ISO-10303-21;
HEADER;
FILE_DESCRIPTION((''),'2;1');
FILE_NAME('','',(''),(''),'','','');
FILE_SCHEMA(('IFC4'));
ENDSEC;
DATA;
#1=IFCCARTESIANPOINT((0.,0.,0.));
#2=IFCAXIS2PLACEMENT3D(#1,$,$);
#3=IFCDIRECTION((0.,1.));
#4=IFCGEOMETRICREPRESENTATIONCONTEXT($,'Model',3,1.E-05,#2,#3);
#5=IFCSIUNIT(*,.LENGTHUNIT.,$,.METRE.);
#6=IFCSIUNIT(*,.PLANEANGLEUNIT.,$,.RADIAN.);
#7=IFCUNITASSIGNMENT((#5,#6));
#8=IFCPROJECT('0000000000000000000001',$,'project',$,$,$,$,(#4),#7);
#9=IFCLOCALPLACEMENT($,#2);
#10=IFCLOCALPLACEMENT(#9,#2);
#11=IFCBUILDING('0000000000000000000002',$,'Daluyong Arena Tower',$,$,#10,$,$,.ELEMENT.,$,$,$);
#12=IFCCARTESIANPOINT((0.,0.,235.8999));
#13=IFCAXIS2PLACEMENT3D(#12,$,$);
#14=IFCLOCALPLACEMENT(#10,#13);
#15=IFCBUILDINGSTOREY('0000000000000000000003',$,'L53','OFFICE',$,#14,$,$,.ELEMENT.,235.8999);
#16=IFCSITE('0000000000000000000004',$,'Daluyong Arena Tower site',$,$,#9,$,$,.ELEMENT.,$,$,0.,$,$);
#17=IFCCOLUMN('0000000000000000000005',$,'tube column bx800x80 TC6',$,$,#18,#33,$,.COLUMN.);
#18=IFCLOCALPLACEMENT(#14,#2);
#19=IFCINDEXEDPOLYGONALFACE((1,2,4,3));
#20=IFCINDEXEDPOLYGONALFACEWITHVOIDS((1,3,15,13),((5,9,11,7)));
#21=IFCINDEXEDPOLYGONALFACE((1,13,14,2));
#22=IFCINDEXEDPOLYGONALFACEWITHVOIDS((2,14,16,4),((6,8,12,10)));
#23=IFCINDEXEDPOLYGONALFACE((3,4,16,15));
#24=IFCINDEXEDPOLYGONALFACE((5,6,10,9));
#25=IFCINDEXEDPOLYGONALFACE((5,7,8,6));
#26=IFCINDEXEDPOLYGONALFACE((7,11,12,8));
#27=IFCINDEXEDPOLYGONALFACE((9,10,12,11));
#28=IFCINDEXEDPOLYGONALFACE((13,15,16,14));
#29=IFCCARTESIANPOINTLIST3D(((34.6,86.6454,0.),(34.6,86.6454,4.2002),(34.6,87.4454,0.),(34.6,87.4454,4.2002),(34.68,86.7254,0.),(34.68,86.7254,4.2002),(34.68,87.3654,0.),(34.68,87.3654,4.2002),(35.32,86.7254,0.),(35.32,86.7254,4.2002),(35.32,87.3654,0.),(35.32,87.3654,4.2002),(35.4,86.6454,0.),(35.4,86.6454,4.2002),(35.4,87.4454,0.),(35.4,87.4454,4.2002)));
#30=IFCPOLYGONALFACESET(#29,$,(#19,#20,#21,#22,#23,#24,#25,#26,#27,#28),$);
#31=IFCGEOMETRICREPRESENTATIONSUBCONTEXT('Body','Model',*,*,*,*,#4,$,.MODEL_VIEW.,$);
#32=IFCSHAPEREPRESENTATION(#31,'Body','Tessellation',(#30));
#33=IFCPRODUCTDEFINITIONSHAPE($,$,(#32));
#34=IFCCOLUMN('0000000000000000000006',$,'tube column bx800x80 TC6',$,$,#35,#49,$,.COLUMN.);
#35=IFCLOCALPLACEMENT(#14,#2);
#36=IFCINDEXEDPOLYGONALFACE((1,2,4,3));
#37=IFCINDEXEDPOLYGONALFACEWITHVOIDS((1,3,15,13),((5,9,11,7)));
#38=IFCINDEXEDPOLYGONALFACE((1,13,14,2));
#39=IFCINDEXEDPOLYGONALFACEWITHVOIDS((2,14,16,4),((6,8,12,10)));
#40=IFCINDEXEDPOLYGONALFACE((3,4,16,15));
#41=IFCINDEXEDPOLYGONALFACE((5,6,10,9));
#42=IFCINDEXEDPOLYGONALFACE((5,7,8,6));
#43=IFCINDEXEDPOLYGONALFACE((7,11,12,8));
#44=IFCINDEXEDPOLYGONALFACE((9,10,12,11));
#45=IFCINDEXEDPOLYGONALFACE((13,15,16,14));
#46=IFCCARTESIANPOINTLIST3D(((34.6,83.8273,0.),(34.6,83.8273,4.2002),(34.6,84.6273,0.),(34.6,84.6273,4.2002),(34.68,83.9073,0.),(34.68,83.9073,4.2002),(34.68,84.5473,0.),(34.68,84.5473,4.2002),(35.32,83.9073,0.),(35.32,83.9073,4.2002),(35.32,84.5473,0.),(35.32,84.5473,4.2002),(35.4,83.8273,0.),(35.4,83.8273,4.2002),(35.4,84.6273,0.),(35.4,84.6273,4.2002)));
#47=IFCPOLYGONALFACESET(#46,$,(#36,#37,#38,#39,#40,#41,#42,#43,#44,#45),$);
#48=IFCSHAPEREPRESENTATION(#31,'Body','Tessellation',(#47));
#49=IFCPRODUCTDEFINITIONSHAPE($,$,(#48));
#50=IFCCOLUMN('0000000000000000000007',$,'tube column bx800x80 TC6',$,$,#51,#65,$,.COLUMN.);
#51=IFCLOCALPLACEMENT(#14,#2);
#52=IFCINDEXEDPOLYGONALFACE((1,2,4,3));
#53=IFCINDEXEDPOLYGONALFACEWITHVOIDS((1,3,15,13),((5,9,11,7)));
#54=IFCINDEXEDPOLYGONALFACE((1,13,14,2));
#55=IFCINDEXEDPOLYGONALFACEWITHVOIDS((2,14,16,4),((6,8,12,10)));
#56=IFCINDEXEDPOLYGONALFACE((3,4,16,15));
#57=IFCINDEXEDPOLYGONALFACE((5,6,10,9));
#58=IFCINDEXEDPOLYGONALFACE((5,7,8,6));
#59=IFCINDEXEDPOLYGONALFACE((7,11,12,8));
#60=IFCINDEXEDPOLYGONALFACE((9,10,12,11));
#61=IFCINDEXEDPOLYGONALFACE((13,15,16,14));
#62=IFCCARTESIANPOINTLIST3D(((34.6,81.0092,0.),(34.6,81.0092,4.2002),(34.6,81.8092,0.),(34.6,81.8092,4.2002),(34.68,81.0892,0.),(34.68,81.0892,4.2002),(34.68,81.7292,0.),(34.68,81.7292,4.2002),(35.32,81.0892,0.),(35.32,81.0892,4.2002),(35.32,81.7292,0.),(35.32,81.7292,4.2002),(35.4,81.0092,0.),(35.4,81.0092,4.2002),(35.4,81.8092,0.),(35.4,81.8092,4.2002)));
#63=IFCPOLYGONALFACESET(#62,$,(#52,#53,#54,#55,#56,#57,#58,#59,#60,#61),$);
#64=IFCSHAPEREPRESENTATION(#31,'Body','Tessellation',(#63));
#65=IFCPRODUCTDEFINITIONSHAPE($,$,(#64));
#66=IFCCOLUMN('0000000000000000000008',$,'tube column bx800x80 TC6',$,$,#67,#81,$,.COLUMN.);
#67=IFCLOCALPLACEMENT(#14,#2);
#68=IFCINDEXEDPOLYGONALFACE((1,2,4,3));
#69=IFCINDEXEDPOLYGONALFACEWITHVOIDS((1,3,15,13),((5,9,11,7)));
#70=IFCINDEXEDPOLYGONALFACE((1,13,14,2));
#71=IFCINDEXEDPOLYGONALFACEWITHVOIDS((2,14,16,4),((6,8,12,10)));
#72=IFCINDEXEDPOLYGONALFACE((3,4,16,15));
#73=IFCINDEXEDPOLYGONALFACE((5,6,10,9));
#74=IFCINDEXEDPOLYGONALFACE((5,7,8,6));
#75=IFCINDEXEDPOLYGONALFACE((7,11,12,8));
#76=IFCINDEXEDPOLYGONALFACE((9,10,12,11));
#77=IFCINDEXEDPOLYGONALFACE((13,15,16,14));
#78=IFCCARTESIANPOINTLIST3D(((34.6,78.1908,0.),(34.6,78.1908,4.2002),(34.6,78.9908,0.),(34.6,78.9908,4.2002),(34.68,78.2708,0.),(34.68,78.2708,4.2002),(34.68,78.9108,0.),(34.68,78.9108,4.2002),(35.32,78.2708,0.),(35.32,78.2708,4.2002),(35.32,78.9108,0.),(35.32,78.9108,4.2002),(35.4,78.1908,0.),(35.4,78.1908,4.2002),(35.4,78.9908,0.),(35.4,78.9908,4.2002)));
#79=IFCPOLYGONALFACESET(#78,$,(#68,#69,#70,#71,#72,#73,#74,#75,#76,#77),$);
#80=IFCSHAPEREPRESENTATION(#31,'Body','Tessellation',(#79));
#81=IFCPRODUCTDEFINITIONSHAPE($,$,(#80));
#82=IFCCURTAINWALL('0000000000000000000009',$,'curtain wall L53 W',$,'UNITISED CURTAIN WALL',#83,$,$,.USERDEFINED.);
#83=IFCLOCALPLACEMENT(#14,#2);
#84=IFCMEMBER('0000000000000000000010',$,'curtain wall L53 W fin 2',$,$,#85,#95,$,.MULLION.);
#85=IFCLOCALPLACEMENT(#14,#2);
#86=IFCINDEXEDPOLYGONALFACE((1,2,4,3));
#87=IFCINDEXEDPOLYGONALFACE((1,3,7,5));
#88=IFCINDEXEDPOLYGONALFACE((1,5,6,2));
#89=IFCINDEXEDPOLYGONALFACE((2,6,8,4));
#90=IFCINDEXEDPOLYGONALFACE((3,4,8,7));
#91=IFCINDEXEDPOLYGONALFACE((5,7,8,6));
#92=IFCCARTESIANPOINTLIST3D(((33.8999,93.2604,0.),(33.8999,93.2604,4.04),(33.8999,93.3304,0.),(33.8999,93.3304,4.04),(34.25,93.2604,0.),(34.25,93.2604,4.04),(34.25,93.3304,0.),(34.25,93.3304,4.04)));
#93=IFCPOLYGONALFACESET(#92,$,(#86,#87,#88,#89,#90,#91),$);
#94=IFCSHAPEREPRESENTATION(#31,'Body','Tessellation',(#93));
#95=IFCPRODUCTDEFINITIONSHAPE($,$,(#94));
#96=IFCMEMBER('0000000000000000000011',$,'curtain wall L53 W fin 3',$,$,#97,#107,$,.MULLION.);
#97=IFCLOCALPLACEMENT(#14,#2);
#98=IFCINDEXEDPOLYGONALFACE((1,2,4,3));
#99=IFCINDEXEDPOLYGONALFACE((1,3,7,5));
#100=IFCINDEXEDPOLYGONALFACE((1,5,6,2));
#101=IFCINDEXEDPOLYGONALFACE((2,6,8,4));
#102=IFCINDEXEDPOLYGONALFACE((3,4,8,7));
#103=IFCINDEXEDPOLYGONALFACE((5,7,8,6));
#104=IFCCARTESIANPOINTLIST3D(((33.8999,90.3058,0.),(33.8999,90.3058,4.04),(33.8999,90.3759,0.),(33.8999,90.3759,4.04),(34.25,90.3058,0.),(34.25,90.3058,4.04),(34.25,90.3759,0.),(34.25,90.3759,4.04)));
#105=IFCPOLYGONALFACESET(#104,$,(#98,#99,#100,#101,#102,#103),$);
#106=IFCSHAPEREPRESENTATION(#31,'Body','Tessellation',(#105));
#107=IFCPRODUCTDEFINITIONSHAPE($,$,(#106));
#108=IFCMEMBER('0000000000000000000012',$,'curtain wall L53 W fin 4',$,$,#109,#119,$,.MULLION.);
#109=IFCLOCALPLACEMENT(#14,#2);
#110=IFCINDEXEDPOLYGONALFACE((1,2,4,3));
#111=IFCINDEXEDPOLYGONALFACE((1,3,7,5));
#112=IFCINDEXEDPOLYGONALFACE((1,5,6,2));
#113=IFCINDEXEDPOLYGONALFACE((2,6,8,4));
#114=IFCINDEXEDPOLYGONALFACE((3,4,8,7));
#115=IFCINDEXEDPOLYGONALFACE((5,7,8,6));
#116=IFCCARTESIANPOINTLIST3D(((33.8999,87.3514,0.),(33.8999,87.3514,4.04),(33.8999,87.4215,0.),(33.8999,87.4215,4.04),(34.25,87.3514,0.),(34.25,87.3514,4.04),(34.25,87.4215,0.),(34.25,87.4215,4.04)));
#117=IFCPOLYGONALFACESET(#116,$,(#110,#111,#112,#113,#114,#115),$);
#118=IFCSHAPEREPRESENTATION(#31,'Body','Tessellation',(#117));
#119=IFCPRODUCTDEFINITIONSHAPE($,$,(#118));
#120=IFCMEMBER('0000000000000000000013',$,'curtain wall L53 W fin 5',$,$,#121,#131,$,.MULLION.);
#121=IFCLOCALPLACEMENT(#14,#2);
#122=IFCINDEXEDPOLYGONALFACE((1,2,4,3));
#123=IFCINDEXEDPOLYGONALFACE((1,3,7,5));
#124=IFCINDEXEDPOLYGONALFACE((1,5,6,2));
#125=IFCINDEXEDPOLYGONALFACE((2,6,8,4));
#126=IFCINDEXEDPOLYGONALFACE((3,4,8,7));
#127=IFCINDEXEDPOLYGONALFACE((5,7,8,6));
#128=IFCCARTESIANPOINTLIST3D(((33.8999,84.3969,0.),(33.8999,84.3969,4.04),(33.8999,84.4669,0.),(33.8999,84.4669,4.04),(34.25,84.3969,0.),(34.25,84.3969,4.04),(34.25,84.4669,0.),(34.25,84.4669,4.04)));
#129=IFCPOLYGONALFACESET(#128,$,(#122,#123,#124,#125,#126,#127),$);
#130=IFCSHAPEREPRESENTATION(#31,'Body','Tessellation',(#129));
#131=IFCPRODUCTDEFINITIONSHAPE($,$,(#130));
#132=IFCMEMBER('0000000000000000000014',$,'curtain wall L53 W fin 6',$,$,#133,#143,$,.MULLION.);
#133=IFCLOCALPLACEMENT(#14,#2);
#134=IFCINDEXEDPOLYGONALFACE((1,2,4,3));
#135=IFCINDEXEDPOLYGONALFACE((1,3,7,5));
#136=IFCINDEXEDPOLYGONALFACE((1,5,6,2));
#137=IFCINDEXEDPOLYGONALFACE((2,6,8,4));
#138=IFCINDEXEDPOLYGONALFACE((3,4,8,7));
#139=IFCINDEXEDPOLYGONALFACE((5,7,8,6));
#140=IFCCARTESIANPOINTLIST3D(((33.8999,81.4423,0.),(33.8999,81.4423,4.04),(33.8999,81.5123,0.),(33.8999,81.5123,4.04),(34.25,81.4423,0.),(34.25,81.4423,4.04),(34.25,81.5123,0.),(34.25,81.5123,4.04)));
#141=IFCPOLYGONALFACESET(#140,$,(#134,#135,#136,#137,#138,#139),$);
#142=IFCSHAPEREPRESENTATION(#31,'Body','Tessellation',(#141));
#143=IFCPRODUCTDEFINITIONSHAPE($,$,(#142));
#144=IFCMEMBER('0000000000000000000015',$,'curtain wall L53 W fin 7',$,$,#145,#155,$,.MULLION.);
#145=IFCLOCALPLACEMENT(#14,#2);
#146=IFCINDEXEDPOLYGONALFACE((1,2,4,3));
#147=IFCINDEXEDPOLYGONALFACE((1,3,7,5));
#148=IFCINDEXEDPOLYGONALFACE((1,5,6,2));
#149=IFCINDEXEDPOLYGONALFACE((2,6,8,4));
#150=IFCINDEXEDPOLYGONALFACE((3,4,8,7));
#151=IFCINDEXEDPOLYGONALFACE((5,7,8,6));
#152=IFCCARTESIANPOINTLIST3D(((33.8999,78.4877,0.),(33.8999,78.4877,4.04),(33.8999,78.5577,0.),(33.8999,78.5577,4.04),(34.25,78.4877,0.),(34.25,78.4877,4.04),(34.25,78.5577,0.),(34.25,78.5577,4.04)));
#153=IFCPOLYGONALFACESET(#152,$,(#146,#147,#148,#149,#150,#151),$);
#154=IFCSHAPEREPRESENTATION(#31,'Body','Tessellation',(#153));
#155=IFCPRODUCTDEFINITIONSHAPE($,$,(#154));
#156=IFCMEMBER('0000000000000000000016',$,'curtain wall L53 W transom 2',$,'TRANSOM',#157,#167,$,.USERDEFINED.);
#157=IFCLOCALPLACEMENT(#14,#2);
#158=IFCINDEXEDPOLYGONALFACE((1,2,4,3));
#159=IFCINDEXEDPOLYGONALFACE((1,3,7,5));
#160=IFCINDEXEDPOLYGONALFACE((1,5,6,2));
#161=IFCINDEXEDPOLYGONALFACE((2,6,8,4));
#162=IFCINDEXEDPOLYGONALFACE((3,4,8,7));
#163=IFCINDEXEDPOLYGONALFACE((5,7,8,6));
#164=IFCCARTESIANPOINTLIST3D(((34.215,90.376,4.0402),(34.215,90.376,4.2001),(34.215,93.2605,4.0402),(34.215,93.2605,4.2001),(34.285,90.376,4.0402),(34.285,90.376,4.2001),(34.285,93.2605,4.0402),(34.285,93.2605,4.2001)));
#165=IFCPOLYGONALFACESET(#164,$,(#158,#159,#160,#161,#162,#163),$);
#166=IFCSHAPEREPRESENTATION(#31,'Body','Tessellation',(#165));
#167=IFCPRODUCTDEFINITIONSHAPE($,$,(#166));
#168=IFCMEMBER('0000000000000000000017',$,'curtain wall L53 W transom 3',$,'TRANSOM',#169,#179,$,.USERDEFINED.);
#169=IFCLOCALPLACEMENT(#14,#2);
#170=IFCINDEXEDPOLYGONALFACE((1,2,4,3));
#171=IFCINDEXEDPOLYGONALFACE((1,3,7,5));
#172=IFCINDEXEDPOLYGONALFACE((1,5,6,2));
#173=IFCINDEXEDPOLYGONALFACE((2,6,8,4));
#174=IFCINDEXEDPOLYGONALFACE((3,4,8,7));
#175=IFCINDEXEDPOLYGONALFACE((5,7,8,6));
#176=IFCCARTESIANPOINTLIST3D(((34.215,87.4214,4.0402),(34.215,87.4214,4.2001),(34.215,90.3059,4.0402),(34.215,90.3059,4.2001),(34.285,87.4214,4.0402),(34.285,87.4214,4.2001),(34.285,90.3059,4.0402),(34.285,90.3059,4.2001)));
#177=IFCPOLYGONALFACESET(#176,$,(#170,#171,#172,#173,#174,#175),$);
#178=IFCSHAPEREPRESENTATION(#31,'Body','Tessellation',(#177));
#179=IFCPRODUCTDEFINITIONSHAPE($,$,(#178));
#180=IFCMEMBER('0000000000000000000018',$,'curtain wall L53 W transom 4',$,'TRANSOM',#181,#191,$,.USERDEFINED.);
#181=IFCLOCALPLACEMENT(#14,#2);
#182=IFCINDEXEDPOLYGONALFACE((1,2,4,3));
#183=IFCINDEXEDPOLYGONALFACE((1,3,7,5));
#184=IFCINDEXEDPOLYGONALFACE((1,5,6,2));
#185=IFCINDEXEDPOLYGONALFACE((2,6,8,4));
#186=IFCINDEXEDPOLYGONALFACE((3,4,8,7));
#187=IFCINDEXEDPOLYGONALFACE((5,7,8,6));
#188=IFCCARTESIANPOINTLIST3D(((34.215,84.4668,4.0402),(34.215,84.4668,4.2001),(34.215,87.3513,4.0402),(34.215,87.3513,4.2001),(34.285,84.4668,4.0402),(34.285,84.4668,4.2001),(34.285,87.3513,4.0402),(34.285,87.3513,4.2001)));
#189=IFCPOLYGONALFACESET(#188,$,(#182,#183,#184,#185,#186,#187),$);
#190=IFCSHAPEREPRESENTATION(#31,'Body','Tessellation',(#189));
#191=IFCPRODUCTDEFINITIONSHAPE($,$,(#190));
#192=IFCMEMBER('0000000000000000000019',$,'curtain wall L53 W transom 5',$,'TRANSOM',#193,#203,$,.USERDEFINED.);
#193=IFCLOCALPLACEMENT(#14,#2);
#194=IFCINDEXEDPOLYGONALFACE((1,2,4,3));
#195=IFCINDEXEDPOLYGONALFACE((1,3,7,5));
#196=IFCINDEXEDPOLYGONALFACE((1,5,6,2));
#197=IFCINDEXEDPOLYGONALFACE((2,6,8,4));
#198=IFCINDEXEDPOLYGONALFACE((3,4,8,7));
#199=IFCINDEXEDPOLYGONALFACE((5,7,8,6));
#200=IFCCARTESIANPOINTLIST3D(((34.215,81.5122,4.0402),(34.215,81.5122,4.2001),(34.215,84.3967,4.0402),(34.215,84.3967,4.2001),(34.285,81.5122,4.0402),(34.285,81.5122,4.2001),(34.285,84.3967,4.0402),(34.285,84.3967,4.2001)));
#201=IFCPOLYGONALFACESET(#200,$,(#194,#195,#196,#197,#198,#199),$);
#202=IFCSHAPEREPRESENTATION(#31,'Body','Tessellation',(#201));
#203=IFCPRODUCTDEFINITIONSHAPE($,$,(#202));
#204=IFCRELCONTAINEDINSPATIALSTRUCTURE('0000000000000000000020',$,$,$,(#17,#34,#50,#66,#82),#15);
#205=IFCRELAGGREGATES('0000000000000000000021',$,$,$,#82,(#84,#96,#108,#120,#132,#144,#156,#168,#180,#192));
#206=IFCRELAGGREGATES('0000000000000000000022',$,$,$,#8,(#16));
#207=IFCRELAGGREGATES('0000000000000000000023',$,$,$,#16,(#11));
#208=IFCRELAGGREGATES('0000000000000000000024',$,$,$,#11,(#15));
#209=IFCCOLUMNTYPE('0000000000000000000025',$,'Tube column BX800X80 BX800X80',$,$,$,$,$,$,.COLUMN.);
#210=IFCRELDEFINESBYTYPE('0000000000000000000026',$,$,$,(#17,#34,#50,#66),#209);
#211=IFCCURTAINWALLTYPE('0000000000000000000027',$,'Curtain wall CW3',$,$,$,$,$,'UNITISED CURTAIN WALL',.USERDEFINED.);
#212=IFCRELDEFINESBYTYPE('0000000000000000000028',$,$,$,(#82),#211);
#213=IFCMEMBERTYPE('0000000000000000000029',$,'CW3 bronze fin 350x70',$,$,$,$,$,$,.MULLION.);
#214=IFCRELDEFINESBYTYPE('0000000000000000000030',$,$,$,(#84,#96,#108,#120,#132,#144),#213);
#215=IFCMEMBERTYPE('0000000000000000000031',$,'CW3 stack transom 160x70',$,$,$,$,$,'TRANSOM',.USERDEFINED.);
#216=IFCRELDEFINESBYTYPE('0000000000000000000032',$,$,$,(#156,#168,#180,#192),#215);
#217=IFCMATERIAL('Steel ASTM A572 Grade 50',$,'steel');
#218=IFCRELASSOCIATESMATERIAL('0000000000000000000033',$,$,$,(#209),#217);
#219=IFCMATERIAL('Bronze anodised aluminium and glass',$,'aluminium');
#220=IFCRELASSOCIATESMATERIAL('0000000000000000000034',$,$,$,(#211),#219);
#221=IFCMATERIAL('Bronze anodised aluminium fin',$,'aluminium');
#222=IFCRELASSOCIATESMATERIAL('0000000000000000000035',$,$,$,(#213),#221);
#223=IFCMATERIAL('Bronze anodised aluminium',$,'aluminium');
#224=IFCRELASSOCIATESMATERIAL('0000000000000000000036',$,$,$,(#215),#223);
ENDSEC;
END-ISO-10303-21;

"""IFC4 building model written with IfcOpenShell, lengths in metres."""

from ifc_helpers import new_model, si_unit, direction, frame, origin, origin_2d, place, context, subcontext, project, spatial, rectangle, hollow_rectangle, extrude, material, material_profile, profile_set, type_object, element, aggregate, save


model = new_model("IFC4")

# Units and contexts
model_context = context("Model", 3, precision=1e-05, world=origin(), true_north=direction((0.0, 1.0)))
body_context = subcontext(model_context, "Body", "Model", "MODEL_VIEW")
ifc_project = project(units=[si_unit("LENGTHUNIT", "METRE"), si_unit("PLANEANGLEUNIT", "RADIAN")], contexts=[model_context])

# Site, building, storey
site_placement = place(None, origin())
site = spatial("IfcSite", under=ifc_project, at=site_placement, Name="Daluyong Arena Tower site", CompositionType="ELEMENT", RefElevation=0.0)
building_placement = place(site_placement, origin())
building = spatial("IfcBuilding", under=site, at=building_placement, Name="Daluyong Arena Tower", CompositionType="ELEMENT")
storey_placement = place(building_placement, frame((0.0, 0.0, 235.8999)))
storey = spatial("IfcBuildingStorey", under=building, at=storey_placement, Name="L53", Description="OFFICE", CompositionType="ELEMENT", Elevation=235.8999)

# Columns
ifc_material_1 = material(Name="Steel ASTM A572 Grade 50", Category="steel")
ifc_material_profile_1 = material_profile(ifc_material_1, hollow_rectangle(XDim=0.8, YDim=0.8, WallThickness=0.08, at=origin_2d()))
ifc_profile_set_1 = profile_set([ifc_material_profile_1], Name="Steel ASTM A572 Grade 50")
column_type = type_object("IfcColumnType", Name="Tube column BX800X80 BX800X80", PredefinedType="COLUMN", material=ifc_profile_set_1)
for number, where, z_axis, x_axis, name in (
    (1, (35.0, 87.0454, 0.0), (0.0, 0.0, 1.0), (0.0, 1.0, 0.0), "tube column bx800x80 TC6"),
    (2, (35.0, 84.2273, 0.0), (0.0, 0.0, 1.0), (0.0, 1.0, 0.0), "tube column bx800x80 TC6"),
    (3, (35.0, 81.4092, 0.0), (0.0, 0.0, 1.0), (0.0, 1.0, 0.0), "tube column bx800x80 TC6"),
    (4, (35.0, 78.5908, 0.0), (0.0, 0.0, 1.0), (0.0, 1.0, 0.0), "tube column bx800x80 TC6"),
):
    element("IfcColumn", number, at=place(storey_placement, frame(where, z_axis=z_axis, x_axis=x_axis)), inside=storey, type_object=column_type, Name=name, PredefinedType="COLUMN", context=body_context, shape_type="SweptSolid", body=[
        extrude(hollow_rectangle(XDim=0.8, YDim=0.8, WallThickness=0.08, at=origin_2d()), origin(), (0.0, 0.0, 1.0), 4.2002),
    ])

# Curtain wall, members
ifc_material_2 = material(Name="Bronze anodised aluminium and glass", Category="aluminium")
curtain_wall_type = type_object("IfcCurtainWallType", Name="Curtain wall CW3", ElementType="UNITISED CURTAIN WALL", PredefinedType="USERDEFINED", material=ifc_material_2)
curtain_wall_placement = place(storey_placement, origin())
curtain_wall = element("IfcCurtainWall", 5, at=curtain_wall_placement, inside=storey, type_object=curtain_wall_type, Name="curtain wall L53 W", ObjectType="UNITISED CURTAIN WALL", PredefinedType="USERDEFINED")
ifc_material_3 = material(Name="Bronze anodised aluminium fin", Category="aluminium")
ifc_material_profile_2 = material_profile(ifc_material_3, rectangle(XDim=0.3501, YDim=0.0701, at=origin_2d()))
ifc_profile_set_2 = profile_set([ifc_material_profile_2], Name="Bronze anodised aluminium fin")
member_type_1 = type_object("IfcMemberType", Name="CW3 bronze fin 350x70", PredefinedType="MULLION", material=ifc_profile_set_2)
member_1_placement = place(storey_placement, frame((34.075, 93.2954, 0.0), z_axis=(0.0, 0.0, 1.0), x_axis=(1.0, 0.0, 0.0)))
member_1 = element("IfcMember", 6, at=member_1_placement, type_object=member_type_1, Name="curtain wall L53 W fin 2", PredefinedType="MULLION", context=body_context, shape_type="SweptSolid", body=[
    extrude(rectangle(XDim=0.3501, YDim=0.0701, at=origin_2d()), origin(), (0.0, 0.0, 1.0), 4.04),
])
member_2_placement = place(storey_placement, frame((34.075, 90.3408, 0.0), z_axis=(0.0, 0.0, 1.0), x_axis=(1.0, 0.0, 0.0)))
member_2 = element("IfcMember", 7, at=member_2_placement, type_object=member_type_1, Name="curtain wall L53 W fin 3", PredefinedType="MULLION", context=body_context, shape_type="SweptSolid", body=[
    extrude(rectangle(XDim=0.3501, YDim=0.0701, at=origin_2d()), origin(), (0.0, 0.0, 1.0), 4.04),
])
member_3_placement = place(storey_placement, frame((34.075, 87.3865, 0.0), z_axis=(0.0, 0.0, 1.0), x_axis=(1.0, 0.0, 0.0)))
member_3 = element("IfcMember", 8, at=member_3_placement, type_object=member_type_1, Name="curtain wall L53 W fin 4", PredefinedType="MULLION", context=body_context, shape_type="SweptSolid", body=[
    extrude(rectangle(XDim=0.3501, YDim=0.0701, at=origin_2d()), origin(), (0.0, 0.0, 1.0), 4.04),
])
member_4_placement = place(storey_placement, frame((34.075, 84.4319, 0.0), z_axis=(0.0, 0.0, 1.0), x_axis=(1.0, 0.0, 0.0)))
member_4 = element("IfcMember", 9, at=member_4_placement, type_object=member_type_1, Name="curtain wall L53 W fin 5", PredefinedType="MULLION", context=body_context, shape_type="SweptSolid", body=[
    extrude(rectangle(XDim=0.3501, YDim=0.0701, at=origin_2d()), origin(), (0.0, 0.0, 1.0), 4.04),
])
member_5_placement = place(storey_placement, frame((34.075, 81.4773, 0.0), z_axis=(0.0, 0.0, 1.0), x_axis=(1.0, 0.0, 0.0)))
member_5 = element("IfcMember", 10, at=member_5_placement, type_object=member_type_1, Name="curtain wall L53 W fin 6", PredefinedType="MULLION", context=body_context, shape_type="SweptSolid", body=[
    extrude(rectangle(XDim=0.3501, YDim=0.0701, at=origin_2d()), origin(), (0.0, 0.0, 1.0), 4.04),
])
member_6_placement = place(storey_placement, frame((34.075, 78.5227, 0.0), z_axis=(0.0, 0.0, 1.0), x_axis=(1.0, 0.0, 0.0)))
member_6 = element("IfcMember", 11, at=member_6_placement, type_object=member_type_1, Name="curtain wall L53 W fin 7", PredefinedType="MULLION", context=body_context, shape_type="SweptSolid", body=[
    extrude(rectangle(XDim=0.3501, YDim=0.0701, at=origin_2d()), origin(), (0.0, 0.0, 1.0), 4.04),
])
ifc_material_4 = material(Name="Bronze anodised aluminium", Category="aluminium")
ifc_material_profile_3 = material_profile(ifc_material_4, rectangle(XDim=0.0701, YDim=0.1599, at=origin_2d()))
ifc_profile_set_3 = profile_set([ifc_material_profile_3], Name="Bronze anodised aluminium")
member_type_2 = type_object("IfcMemberType", Name="CW3 stack transom 160x70", ElementType="TRANSOM", PredefinedType="USERDEFINED", material=ifc_profile_set_3)
member_7_placement = place(storey_placement, frame((34.25, 93.2605, 4.1201), z_axis=(0.0, -1.0, 0.0), x_axis=(1.0, 0.0, 0.0)))
member_7 = element("IfcMember", 12, at=member_7_placement, type_object=member_type_2, Name="curtain wall L53 W transom 2", ObjectType="TRANSOM", PredefinedType="USERDEFINED", context=body_context, shape_type="SweptSolid", body=[
    extrude(rectangle(XDim=0.0701, YDim=0.1599, at=origin_2d()), origin(), (0.0, 0.0, 1.0), 2.8845),
])
member_8_placement = place(storey_placement, frame((34.25, 90.3059, 4.1201), z_axis=(0.0, -1.0, 0.0), x_axis=(1.0, 0.0, 0.0)))
member_8 = element("IfcMember", 13, at=member_8_placement, type_object=member_type_2, Name="curtain wall L53 W transom 3", ObjectType="TRANSOM", PredefinedType="USERDEFINED", context=body_context, shape_type="SweptSolid", body=[
    extrude(rectangle(XDim=0.0701, YDim=0.1599, at=origin_2d()), origin(), (0.0, 0.0, 1.0), 2.8845),
])
member_9_placement = place(storey_placement, frame((34.25, 87.3513, 4.1201), z_axis=(0.0, -1.0, 0.0), x_axis=(1.0, 0.0, 0.0)))
member_9 = element("IfcMember", 14, at=member_9_placement, type_object=member_type_2, Name="curtain wall L53 W transom 4", ObjectType="TRANSOM", PredefinedType="USERDEFINED", context=body_context, shape_type="SweptSolid", body=[
    extrude(rectangle(XDim=0.0701, YDim=0.1599, at=origin_2d()), origin(), (0.0, 0.0, 1.0), 2.8845),
])
member_10_placement = place(storey_placement, frame((34.25, 84.3967, 4.1201), z_axis=(0.0, -1.0, 0.0), x_axis=(1.0, 0.0, 0.0)))
member_10 = element("IfcMember", 15, at=member_10_placement, type_object=member_type_2, Name="curtain wall L53 W transom 5", ObjectType="TRANSOM", PredefinedType="USERDEFINED", context=body_context, shape_type="SweptSolid", body=[
    extrude(rectangle(XDim=0.0701, YDim=0.1599, at=origin_2d()), origin(), (0.0, 0.0, 1.0), 2.8845),
])

aggregate(curtain_wall, [member_1, member_2, member_3, member_4, member_5, member_6, member_7, member_8, member_9, member_10])

save(model, "model.ifc")
